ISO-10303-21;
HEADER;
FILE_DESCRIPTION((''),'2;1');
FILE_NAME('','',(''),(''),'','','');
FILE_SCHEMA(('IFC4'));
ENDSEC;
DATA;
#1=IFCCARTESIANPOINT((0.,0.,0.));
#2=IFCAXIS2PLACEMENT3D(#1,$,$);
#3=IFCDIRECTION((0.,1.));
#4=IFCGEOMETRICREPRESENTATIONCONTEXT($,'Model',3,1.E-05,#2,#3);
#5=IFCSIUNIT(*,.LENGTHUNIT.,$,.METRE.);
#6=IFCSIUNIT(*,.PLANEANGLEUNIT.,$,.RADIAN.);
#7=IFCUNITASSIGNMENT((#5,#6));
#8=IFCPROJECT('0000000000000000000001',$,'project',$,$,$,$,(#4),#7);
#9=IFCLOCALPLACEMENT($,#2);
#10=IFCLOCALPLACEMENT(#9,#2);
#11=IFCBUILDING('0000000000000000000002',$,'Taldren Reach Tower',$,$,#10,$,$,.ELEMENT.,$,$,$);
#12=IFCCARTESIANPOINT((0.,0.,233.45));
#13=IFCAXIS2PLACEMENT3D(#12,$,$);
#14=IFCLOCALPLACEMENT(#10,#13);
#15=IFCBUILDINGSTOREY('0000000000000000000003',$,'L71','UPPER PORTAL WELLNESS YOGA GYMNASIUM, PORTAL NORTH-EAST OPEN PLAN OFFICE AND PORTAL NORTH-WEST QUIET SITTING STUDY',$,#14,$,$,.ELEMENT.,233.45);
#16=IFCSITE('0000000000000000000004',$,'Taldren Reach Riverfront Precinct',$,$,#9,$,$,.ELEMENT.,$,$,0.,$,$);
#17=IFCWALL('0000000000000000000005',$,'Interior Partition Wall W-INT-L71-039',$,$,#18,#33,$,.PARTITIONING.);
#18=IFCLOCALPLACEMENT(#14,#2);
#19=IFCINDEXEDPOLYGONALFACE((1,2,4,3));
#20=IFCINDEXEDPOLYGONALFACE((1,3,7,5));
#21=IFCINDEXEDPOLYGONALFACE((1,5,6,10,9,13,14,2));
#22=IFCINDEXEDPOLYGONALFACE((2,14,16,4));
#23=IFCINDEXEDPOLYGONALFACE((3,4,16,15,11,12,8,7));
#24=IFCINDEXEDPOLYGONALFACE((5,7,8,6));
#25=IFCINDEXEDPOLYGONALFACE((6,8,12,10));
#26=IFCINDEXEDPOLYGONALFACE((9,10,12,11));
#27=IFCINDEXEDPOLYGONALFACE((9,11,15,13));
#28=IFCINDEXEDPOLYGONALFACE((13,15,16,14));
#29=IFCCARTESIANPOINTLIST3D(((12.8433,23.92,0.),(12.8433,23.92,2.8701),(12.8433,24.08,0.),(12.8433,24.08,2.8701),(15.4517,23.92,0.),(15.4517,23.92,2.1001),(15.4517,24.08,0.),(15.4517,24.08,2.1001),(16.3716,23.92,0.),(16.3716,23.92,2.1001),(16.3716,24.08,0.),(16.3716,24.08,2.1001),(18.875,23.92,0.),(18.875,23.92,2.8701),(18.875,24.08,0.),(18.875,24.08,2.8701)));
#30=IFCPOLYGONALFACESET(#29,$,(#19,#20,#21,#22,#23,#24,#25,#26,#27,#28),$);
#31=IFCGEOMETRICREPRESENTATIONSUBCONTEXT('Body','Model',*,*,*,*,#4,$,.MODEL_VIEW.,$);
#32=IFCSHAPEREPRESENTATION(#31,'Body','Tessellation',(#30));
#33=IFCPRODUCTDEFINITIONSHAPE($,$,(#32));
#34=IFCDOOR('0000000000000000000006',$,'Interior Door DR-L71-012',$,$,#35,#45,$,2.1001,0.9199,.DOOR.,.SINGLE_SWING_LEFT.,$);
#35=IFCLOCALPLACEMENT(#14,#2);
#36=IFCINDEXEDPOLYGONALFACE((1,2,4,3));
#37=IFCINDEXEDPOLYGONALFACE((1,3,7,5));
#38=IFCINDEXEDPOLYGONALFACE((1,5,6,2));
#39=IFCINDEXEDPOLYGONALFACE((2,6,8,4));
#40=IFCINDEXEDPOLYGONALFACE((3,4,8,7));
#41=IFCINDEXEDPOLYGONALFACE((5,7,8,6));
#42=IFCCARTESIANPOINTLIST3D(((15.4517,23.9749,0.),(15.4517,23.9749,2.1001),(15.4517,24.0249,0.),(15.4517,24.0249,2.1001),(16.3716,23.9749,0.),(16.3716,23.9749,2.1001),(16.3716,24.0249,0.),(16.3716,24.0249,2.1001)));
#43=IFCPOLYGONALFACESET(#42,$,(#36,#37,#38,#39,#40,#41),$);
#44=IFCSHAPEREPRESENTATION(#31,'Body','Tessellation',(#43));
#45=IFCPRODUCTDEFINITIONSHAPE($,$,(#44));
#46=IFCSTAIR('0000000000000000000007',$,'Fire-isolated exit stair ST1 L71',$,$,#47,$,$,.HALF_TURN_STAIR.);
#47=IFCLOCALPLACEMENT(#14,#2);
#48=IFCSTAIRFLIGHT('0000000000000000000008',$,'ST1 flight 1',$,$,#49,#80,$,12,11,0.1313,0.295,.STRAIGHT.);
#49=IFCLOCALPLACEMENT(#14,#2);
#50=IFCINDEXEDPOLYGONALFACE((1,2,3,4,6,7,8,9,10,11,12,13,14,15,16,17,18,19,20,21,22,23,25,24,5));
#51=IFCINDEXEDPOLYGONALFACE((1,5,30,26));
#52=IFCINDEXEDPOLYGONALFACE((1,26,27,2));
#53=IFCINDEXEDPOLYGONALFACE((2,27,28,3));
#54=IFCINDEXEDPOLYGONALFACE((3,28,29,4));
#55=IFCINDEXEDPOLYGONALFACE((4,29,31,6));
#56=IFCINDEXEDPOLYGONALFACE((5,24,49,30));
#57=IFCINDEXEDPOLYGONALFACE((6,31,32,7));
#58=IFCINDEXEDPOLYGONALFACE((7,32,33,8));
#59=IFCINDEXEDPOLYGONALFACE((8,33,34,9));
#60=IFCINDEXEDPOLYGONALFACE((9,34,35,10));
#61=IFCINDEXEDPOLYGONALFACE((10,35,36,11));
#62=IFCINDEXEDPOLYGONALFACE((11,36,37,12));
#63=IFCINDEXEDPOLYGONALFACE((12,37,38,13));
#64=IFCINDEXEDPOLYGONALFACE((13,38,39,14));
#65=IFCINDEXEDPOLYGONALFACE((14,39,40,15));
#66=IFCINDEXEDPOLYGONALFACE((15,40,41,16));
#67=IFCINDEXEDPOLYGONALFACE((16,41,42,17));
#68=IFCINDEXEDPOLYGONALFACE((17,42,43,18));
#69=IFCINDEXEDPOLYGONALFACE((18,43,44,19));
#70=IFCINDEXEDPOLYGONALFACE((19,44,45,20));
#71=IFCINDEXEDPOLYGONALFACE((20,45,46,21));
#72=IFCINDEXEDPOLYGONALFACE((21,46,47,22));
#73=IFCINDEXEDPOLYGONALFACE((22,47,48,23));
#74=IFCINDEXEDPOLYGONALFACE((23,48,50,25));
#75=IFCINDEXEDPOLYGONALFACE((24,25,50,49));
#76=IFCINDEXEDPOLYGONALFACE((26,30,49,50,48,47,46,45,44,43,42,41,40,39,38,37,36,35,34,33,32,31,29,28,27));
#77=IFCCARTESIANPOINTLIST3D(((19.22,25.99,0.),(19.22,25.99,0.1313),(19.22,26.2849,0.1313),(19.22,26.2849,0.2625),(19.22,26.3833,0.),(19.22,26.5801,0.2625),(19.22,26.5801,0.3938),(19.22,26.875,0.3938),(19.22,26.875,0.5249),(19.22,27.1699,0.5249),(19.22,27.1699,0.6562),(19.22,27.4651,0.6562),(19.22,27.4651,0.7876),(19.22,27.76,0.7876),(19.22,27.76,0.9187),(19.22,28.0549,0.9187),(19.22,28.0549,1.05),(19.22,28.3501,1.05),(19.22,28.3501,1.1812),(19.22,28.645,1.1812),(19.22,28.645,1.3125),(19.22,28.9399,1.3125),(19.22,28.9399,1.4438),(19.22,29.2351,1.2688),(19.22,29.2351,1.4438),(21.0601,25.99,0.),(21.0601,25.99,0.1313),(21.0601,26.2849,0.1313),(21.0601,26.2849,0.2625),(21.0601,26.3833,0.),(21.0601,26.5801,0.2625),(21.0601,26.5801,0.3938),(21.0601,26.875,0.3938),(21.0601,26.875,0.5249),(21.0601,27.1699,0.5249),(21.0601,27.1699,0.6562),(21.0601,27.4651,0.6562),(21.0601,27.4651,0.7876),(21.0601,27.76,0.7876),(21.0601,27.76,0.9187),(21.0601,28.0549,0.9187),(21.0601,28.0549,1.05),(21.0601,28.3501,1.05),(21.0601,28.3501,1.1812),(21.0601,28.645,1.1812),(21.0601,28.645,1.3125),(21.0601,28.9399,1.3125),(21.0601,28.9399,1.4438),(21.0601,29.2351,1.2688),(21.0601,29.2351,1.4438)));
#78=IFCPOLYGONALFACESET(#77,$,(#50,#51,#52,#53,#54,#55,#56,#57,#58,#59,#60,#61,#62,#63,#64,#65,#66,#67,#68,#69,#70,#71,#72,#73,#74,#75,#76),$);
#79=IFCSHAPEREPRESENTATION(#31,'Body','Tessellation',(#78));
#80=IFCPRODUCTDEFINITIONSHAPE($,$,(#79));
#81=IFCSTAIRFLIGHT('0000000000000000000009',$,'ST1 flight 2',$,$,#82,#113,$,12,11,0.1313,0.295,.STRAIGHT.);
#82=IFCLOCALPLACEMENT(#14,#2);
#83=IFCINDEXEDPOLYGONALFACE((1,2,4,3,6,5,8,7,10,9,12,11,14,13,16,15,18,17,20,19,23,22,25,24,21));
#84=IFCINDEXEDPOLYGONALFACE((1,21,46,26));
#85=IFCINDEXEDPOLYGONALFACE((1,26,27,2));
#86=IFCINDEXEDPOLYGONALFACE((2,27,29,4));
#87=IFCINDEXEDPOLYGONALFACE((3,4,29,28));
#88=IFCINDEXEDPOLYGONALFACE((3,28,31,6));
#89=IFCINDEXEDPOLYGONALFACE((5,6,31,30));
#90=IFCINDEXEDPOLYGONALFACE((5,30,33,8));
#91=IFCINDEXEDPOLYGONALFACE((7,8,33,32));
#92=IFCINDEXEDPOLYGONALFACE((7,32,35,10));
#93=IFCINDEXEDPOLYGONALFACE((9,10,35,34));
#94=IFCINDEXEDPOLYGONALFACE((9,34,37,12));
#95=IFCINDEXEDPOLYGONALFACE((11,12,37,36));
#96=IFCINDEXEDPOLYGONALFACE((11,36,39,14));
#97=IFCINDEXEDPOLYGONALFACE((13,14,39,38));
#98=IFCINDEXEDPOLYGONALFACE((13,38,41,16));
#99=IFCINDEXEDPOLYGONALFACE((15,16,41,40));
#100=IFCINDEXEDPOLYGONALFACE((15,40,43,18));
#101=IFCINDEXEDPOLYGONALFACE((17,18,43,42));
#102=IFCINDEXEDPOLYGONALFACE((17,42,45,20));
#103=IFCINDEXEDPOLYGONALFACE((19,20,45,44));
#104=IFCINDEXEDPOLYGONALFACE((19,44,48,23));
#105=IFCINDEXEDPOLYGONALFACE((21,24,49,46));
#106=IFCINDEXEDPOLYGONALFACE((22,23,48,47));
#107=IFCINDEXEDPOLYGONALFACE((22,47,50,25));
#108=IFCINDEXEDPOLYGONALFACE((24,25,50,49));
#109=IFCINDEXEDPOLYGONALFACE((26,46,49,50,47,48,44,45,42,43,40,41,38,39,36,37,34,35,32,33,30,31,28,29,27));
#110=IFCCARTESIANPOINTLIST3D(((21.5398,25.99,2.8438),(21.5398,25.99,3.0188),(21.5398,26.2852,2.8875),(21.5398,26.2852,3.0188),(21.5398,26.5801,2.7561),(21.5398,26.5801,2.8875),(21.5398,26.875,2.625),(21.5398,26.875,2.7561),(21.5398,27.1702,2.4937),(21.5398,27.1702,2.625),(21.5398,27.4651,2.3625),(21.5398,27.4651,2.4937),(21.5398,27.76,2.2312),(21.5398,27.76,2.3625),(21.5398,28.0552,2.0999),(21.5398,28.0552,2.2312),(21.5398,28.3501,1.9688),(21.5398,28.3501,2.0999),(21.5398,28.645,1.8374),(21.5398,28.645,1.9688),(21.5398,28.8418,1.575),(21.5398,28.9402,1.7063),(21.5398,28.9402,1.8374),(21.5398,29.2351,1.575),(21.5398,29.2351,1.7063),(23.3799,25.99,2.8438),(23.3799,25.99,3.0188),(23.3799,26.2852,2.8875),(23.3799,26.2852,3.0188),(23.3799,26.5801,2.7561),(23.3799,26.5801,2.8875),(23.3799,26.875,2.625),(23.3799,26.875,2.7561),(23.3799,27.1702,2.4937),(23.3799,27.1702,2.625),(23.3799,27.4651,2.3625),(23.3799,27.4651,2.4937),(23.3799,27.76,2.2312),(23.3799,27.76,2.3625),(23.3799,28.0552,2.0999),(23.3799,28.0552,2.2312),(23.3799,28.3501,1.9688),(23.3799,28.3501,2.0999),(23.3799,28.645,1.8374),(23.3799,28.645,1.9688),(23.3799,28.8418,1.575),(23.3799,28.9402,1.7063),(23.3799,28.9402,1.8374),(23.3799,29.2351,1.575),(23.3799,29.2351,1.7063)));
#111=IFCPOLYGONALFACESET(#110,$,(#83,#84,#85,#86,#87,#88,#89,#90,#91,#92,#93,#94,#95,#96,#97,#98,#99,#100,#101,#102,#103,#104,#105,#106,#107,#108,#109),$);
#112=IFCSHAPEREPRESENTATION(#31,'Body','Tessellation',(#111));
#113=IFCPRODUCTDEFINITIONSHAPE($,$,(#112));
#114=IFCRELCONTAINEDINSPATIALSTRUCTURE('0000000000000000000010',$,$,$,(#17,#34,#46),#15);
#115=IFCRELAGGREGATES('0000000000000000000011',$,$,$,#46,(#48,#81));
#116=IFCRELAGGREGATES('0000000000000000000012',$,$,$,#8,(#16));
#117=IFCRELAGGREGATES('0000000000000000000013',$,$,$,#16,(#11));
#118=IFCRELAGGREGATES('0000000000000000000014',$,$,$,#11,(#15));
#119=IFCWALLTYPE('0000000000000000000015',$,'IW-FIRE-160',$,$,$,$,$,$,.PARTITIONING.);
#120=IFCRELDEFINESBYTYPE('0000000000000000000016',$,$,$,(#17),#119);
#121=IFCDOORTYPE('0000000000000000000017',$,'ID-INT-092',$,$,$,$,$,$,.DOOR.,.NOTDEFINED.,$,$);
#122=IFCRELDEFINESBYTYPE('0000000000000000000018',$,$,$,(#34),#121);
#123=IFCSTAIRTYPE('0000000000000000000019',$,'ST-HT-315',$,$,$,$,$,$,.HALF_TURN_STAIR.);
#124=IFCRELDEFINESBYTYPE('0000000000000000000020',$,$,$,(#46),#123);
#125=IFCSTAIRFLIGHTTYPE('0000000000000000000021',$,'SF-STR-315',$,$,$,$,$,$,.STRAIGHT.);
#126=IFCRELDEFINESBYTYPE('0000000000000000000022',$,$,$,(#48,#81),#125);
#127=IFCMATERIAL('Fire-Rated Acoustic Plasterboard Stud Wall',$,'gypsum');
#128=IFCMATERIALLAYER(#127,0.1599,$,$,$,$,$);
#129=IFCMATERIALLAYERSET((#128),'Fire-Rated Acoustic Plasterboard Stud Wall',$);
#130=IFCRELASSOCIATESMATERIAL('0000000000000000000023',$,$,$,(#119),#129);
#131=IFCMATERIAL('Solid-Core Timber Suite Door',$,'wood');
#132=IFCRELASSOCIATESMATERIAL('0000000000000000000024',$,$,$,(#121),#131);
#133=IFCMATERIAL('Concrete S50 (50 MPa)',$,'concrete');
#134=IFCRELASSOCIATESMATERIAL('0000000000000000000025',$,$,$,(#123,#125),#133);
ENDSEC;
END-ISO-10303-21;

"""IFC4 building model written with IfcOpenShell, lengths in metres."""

from ifc_helpers import new_model, si_unit, direction, frame, frame_2d, origin, place, context, subcontext, project, spatial, polyline, rectangle, outline, extrude, source, transform, mapped, material, layer, layer_set, type_object, element, fill, aggregate, save


model = new_model("IFC4")

# Units and contexts
model_context = context("Model", 3, precision=1e-05, world=origin(), true_north=direction((0.0, 1.0)))
body_context = subcontext(model_context, "Body", "Model", "MODEL_VIEW")
ifc_project = project(units=[si_unit("LENGTHUNIT", "METRE"), si_unit("PLANEANGLEUNIT", "RADIAN")], contexts=[model_context])

# Site, building, storey
site_placement = place(None, origin())
site = spatial("IfcSite", under=ifc_project, at=site_placement, Name="Taldren Reach Riverfront Precinct", CompositionType="ELEMENT", RefElevation=0.0)
building_placement = place(site_placement, origin())
building = spatial("IfcBuilding", under=site, at=building_placement, Name="Taldren Reach Tower", CompositionType="ELEMENT")
storey_placement = place(building_placement, frame((0.0, 0.0, 233.45)))
storey = spatial("IfcBuildingStorey", under=building, at=storey_placement, Name="L71", Description="UPPER PORTAL WELLNESS YOGA GYMNASIUM, PORTAL NORTH-EAST OPEN PLAN OFFICE AND PORTAL NORTH-WEST QUIET SITTING STUDY", CompositionType="ELEMENT", Elevation=233.45)

# Wall, opening, door
ifc_material_1 = material(Name="Fire-Rated Acoustic Plasterboard Stud Wall", Category="gypsum")
ifc_layer_1 = layer(ifc_material_1, 0.1599)
ifc_layer_set_1 = layer_set([ifc_layer_1], Name="Fire-Rated Acoustic Plasterboard Stud Wall")
wall_type_1 = type_object("IfcWallType", Name="IW-FIRE-160", PredefinedType="PARTITIONING", material=ifc_layer_set_1)
shared_shape_1 = source(origin(), body_context, "Body", "SweptSolid", [
    extrude(rectangle(XDim=6.0317, YDim=0.1599, at=frame_2d((3.0159, 0.0))), origin(), (0.0, 0.0, 1.0), 2.8701),
])
wall_1_placement = place(storey_placement, frame((12.8433, 24.0, 0.0), z_axis=(0.0, 0.0, 1.0), x_axis=(1.0, 0.0, 0.0)))
wall_1 = element("IfcWall", 1, at=wall_1_placement, inside=storey, type_object=wall_type_1, Name="Interior Partition Wall W-INT-L71-039", PredefinedType="PARTITIONING", context=body_context, shape_type="MappedRepresentation", body=[
    mapped(shared_shape_1, transform((0.0, 0.0, 0.0), scale=1.0)),
])
shared_shape_2 = source(origin(), body_context, "Body", "SweptSolid", [
    extrude(rectangle(XDim=0.9199, YDim=2.1001, at=frame_2d((0.46, 1.05))), frame((0.0, 0.0898, 0.0), z_axis=(0.0, -1.0, 0.0), x_axis=(1.0, 0.0, 0.0)), (0.0, 0.0, 1.0), 0.1799),
])
opening_placement = place(wall_1_placement, frame((2.6084, 0.0, 0.0)))
opening = element("IfcOpeningElement", 2, at=opening_placement, cuts=wall_1, PredefinedType="OPENING", context=body_context, shape_type="MappedRepresentation", body=[
    mapped(shared_shape_2, transform((0.0, 0.0, 0.0), scale=1.0)),
])
ifc_material_2 = material(Name="Solid-Core Timber Suite Door", Category="wood")
door_type = type_object("IfcDoorType", Name="ID-INT-092", OperationType="NOTDEFINED", PredefinedType="DOOR", material=ifc_material_2)
shared_shape_3 = source(origin(), body_context, "Body", "SweptSolid", [
    extrude(rectangle(XDim=0.9199, YDim=2.1001, at=frame_2d((0.46, 1.05))), frame((0.0, 0.0249, 0.0), z_axis=(0.0, -1.0, 0.0), x_axis=(1.0, 0.0, 0.0)), (0.0, 0.0, 1.0), 0.05),
])
door_placement = place(opening_placement, origin())
door = element("IfcDoor", 3, at=door_placement, inside=storey, type_object=door_type, Name="Interior Door DR-L71-012", OperationType="SINGLE_SWING_LEFT", OverallHeight=2.1001, OverallWidth=0.9199, PredefinedType="DOOR", context=body_context, shape_type="MappedRepresentation", body=[
    mapped(shared_shape_3, transform((0.0, 0.0, 0.0), scale=1.0)),
])
fill(opening, door)

# Stair, stair flights
ifc_material_3 = material(Name="Concrete S50 (50 MPa)", Category="concrete")
stair_type = type_object("IfcStairType", Name="ST-HT-315", PredefinedType="HALF_TURN_STAIR", material=ifc_material_3)
stair_placement = place(storey_placement, origin())
stair = element("IfcStair", 4, at=stair_placement, inside=storey, type_object=stair_type, Name="Fire-isolated exit stair ST1 L71", PredefinedType="HALF_TURN_STAIR")
stair_flight_type = type_object("IfcStairFlightType", Name="SF-STR-315", PredefinedType="STRAIGHT", material=ifc_material_3)
stair_flight_1_placement = place(storey_placement, frame((20.1399, 25.99, 0.0), z_axis=(0.0, 0.0, 1.0), x_axis=(0.0, 1.0, 0.0)))
stair_flight_1 = element("IfcStairFlight", 5, at=stair_flight_1_placement, type_object=stair_flight_type, Name="ST1 flight 1", NumberOfRisers=12, NumberOfTreads=11, PredefinedType="STRAIGHT", RiserHeight=0.1313, TreadLength=0.295, context=body_context, shape_type="SweptSolid", body=[
    extrude(outline(polyline([(0.0, 0.0), (0.0, 0.1313), (0.2949, 0.1313), (0.2949, 0.2625), (0.5901, 0.2625), (0.5901, 0.3938), (0.885, 0.3938), (0.885, 0.5249), (1.1799, 0.5249), (1.1799, 0.6562), (1.4751, 0.6562), (1.4751, 0.7876), (1.77, 0.7876), (1.77, 0.9187), (2.0649, 0.9187), (2.0649, 1.05), (2.3601, 1.05), (2.3601, 1.1812), (2.655, 1.1812), (2.655, 1.3125), (2.95, 1.3125), (2.95, 1.4438), (3.2451, 1.4438), (3.2451, 1.575), (3.2451, 1.2688), (0.3933, 0.0), (0.0, 0.0)])), frame((0.0, 0.9199, 0.0), z_axis=(0.0, -1.0, 0.0), x_axis=(1.0, 0.0, 0.0)), (0.0, 0.0, 1.0), 1.8401),
])
stair_flight_2_placement = place(storey_placement, frame((22.46, 29.2351, 1.575), z_axis=(0.0, 0.0, 1.0), x_axis=(0.0, -1.0, 0.0)))
stair_flight_2 = element("IfcStairFlight", 6, at=stair_flight_2_placement, type_object=stair_flight_type, Name="ST1 flight 2", NumberOfRisers=12, NumberOfTreads=11, PredefinedType="STRAIGHT", RiserHeight=0.1313, TreadLength=0.295, context=body_context, shape_type="SweptSolid", body=[
    extrude(outline(polyline([(0.0, 0.0), (0.0, 0.1313), (0.2949, 0.1313), (0.2949, 0.2625), (0.5901, 0.2625), (0.5901, 0.3938), (0.885, 0.3938), (0.885, 0.5249), (1.1799, 0.5249), (1.1799, 0.6562), (1.4751, 0.6562), (1.4751, 0.7876), (1.77, 0.7876), (1.77, 0.9187), (2.0649, 0.9187), (2.0649, 1.05), (2.3601, 1.05), (2.3601, 1.1812), (2.655, 1.1812), (2.655, 1.3125), (2.95, 1.3125), (2.95, 1.4438), (3.2451, 1.4438), (3.2451, 1.575), (3.2451, 1.2688), (0.3933, 0.0), (0.0, 0.0)])), frame((0.0, 0.9199, 0.0), z_axis=(0.0, -1.0, 0.0), x_axis=(1.0, 0.0, 0.0)), (0.0, 0.0, 1.0), 1.8401),
])
aggregate(stair, [stair_flight_1, stair_flight_2])

save(model, "model.ifc")
